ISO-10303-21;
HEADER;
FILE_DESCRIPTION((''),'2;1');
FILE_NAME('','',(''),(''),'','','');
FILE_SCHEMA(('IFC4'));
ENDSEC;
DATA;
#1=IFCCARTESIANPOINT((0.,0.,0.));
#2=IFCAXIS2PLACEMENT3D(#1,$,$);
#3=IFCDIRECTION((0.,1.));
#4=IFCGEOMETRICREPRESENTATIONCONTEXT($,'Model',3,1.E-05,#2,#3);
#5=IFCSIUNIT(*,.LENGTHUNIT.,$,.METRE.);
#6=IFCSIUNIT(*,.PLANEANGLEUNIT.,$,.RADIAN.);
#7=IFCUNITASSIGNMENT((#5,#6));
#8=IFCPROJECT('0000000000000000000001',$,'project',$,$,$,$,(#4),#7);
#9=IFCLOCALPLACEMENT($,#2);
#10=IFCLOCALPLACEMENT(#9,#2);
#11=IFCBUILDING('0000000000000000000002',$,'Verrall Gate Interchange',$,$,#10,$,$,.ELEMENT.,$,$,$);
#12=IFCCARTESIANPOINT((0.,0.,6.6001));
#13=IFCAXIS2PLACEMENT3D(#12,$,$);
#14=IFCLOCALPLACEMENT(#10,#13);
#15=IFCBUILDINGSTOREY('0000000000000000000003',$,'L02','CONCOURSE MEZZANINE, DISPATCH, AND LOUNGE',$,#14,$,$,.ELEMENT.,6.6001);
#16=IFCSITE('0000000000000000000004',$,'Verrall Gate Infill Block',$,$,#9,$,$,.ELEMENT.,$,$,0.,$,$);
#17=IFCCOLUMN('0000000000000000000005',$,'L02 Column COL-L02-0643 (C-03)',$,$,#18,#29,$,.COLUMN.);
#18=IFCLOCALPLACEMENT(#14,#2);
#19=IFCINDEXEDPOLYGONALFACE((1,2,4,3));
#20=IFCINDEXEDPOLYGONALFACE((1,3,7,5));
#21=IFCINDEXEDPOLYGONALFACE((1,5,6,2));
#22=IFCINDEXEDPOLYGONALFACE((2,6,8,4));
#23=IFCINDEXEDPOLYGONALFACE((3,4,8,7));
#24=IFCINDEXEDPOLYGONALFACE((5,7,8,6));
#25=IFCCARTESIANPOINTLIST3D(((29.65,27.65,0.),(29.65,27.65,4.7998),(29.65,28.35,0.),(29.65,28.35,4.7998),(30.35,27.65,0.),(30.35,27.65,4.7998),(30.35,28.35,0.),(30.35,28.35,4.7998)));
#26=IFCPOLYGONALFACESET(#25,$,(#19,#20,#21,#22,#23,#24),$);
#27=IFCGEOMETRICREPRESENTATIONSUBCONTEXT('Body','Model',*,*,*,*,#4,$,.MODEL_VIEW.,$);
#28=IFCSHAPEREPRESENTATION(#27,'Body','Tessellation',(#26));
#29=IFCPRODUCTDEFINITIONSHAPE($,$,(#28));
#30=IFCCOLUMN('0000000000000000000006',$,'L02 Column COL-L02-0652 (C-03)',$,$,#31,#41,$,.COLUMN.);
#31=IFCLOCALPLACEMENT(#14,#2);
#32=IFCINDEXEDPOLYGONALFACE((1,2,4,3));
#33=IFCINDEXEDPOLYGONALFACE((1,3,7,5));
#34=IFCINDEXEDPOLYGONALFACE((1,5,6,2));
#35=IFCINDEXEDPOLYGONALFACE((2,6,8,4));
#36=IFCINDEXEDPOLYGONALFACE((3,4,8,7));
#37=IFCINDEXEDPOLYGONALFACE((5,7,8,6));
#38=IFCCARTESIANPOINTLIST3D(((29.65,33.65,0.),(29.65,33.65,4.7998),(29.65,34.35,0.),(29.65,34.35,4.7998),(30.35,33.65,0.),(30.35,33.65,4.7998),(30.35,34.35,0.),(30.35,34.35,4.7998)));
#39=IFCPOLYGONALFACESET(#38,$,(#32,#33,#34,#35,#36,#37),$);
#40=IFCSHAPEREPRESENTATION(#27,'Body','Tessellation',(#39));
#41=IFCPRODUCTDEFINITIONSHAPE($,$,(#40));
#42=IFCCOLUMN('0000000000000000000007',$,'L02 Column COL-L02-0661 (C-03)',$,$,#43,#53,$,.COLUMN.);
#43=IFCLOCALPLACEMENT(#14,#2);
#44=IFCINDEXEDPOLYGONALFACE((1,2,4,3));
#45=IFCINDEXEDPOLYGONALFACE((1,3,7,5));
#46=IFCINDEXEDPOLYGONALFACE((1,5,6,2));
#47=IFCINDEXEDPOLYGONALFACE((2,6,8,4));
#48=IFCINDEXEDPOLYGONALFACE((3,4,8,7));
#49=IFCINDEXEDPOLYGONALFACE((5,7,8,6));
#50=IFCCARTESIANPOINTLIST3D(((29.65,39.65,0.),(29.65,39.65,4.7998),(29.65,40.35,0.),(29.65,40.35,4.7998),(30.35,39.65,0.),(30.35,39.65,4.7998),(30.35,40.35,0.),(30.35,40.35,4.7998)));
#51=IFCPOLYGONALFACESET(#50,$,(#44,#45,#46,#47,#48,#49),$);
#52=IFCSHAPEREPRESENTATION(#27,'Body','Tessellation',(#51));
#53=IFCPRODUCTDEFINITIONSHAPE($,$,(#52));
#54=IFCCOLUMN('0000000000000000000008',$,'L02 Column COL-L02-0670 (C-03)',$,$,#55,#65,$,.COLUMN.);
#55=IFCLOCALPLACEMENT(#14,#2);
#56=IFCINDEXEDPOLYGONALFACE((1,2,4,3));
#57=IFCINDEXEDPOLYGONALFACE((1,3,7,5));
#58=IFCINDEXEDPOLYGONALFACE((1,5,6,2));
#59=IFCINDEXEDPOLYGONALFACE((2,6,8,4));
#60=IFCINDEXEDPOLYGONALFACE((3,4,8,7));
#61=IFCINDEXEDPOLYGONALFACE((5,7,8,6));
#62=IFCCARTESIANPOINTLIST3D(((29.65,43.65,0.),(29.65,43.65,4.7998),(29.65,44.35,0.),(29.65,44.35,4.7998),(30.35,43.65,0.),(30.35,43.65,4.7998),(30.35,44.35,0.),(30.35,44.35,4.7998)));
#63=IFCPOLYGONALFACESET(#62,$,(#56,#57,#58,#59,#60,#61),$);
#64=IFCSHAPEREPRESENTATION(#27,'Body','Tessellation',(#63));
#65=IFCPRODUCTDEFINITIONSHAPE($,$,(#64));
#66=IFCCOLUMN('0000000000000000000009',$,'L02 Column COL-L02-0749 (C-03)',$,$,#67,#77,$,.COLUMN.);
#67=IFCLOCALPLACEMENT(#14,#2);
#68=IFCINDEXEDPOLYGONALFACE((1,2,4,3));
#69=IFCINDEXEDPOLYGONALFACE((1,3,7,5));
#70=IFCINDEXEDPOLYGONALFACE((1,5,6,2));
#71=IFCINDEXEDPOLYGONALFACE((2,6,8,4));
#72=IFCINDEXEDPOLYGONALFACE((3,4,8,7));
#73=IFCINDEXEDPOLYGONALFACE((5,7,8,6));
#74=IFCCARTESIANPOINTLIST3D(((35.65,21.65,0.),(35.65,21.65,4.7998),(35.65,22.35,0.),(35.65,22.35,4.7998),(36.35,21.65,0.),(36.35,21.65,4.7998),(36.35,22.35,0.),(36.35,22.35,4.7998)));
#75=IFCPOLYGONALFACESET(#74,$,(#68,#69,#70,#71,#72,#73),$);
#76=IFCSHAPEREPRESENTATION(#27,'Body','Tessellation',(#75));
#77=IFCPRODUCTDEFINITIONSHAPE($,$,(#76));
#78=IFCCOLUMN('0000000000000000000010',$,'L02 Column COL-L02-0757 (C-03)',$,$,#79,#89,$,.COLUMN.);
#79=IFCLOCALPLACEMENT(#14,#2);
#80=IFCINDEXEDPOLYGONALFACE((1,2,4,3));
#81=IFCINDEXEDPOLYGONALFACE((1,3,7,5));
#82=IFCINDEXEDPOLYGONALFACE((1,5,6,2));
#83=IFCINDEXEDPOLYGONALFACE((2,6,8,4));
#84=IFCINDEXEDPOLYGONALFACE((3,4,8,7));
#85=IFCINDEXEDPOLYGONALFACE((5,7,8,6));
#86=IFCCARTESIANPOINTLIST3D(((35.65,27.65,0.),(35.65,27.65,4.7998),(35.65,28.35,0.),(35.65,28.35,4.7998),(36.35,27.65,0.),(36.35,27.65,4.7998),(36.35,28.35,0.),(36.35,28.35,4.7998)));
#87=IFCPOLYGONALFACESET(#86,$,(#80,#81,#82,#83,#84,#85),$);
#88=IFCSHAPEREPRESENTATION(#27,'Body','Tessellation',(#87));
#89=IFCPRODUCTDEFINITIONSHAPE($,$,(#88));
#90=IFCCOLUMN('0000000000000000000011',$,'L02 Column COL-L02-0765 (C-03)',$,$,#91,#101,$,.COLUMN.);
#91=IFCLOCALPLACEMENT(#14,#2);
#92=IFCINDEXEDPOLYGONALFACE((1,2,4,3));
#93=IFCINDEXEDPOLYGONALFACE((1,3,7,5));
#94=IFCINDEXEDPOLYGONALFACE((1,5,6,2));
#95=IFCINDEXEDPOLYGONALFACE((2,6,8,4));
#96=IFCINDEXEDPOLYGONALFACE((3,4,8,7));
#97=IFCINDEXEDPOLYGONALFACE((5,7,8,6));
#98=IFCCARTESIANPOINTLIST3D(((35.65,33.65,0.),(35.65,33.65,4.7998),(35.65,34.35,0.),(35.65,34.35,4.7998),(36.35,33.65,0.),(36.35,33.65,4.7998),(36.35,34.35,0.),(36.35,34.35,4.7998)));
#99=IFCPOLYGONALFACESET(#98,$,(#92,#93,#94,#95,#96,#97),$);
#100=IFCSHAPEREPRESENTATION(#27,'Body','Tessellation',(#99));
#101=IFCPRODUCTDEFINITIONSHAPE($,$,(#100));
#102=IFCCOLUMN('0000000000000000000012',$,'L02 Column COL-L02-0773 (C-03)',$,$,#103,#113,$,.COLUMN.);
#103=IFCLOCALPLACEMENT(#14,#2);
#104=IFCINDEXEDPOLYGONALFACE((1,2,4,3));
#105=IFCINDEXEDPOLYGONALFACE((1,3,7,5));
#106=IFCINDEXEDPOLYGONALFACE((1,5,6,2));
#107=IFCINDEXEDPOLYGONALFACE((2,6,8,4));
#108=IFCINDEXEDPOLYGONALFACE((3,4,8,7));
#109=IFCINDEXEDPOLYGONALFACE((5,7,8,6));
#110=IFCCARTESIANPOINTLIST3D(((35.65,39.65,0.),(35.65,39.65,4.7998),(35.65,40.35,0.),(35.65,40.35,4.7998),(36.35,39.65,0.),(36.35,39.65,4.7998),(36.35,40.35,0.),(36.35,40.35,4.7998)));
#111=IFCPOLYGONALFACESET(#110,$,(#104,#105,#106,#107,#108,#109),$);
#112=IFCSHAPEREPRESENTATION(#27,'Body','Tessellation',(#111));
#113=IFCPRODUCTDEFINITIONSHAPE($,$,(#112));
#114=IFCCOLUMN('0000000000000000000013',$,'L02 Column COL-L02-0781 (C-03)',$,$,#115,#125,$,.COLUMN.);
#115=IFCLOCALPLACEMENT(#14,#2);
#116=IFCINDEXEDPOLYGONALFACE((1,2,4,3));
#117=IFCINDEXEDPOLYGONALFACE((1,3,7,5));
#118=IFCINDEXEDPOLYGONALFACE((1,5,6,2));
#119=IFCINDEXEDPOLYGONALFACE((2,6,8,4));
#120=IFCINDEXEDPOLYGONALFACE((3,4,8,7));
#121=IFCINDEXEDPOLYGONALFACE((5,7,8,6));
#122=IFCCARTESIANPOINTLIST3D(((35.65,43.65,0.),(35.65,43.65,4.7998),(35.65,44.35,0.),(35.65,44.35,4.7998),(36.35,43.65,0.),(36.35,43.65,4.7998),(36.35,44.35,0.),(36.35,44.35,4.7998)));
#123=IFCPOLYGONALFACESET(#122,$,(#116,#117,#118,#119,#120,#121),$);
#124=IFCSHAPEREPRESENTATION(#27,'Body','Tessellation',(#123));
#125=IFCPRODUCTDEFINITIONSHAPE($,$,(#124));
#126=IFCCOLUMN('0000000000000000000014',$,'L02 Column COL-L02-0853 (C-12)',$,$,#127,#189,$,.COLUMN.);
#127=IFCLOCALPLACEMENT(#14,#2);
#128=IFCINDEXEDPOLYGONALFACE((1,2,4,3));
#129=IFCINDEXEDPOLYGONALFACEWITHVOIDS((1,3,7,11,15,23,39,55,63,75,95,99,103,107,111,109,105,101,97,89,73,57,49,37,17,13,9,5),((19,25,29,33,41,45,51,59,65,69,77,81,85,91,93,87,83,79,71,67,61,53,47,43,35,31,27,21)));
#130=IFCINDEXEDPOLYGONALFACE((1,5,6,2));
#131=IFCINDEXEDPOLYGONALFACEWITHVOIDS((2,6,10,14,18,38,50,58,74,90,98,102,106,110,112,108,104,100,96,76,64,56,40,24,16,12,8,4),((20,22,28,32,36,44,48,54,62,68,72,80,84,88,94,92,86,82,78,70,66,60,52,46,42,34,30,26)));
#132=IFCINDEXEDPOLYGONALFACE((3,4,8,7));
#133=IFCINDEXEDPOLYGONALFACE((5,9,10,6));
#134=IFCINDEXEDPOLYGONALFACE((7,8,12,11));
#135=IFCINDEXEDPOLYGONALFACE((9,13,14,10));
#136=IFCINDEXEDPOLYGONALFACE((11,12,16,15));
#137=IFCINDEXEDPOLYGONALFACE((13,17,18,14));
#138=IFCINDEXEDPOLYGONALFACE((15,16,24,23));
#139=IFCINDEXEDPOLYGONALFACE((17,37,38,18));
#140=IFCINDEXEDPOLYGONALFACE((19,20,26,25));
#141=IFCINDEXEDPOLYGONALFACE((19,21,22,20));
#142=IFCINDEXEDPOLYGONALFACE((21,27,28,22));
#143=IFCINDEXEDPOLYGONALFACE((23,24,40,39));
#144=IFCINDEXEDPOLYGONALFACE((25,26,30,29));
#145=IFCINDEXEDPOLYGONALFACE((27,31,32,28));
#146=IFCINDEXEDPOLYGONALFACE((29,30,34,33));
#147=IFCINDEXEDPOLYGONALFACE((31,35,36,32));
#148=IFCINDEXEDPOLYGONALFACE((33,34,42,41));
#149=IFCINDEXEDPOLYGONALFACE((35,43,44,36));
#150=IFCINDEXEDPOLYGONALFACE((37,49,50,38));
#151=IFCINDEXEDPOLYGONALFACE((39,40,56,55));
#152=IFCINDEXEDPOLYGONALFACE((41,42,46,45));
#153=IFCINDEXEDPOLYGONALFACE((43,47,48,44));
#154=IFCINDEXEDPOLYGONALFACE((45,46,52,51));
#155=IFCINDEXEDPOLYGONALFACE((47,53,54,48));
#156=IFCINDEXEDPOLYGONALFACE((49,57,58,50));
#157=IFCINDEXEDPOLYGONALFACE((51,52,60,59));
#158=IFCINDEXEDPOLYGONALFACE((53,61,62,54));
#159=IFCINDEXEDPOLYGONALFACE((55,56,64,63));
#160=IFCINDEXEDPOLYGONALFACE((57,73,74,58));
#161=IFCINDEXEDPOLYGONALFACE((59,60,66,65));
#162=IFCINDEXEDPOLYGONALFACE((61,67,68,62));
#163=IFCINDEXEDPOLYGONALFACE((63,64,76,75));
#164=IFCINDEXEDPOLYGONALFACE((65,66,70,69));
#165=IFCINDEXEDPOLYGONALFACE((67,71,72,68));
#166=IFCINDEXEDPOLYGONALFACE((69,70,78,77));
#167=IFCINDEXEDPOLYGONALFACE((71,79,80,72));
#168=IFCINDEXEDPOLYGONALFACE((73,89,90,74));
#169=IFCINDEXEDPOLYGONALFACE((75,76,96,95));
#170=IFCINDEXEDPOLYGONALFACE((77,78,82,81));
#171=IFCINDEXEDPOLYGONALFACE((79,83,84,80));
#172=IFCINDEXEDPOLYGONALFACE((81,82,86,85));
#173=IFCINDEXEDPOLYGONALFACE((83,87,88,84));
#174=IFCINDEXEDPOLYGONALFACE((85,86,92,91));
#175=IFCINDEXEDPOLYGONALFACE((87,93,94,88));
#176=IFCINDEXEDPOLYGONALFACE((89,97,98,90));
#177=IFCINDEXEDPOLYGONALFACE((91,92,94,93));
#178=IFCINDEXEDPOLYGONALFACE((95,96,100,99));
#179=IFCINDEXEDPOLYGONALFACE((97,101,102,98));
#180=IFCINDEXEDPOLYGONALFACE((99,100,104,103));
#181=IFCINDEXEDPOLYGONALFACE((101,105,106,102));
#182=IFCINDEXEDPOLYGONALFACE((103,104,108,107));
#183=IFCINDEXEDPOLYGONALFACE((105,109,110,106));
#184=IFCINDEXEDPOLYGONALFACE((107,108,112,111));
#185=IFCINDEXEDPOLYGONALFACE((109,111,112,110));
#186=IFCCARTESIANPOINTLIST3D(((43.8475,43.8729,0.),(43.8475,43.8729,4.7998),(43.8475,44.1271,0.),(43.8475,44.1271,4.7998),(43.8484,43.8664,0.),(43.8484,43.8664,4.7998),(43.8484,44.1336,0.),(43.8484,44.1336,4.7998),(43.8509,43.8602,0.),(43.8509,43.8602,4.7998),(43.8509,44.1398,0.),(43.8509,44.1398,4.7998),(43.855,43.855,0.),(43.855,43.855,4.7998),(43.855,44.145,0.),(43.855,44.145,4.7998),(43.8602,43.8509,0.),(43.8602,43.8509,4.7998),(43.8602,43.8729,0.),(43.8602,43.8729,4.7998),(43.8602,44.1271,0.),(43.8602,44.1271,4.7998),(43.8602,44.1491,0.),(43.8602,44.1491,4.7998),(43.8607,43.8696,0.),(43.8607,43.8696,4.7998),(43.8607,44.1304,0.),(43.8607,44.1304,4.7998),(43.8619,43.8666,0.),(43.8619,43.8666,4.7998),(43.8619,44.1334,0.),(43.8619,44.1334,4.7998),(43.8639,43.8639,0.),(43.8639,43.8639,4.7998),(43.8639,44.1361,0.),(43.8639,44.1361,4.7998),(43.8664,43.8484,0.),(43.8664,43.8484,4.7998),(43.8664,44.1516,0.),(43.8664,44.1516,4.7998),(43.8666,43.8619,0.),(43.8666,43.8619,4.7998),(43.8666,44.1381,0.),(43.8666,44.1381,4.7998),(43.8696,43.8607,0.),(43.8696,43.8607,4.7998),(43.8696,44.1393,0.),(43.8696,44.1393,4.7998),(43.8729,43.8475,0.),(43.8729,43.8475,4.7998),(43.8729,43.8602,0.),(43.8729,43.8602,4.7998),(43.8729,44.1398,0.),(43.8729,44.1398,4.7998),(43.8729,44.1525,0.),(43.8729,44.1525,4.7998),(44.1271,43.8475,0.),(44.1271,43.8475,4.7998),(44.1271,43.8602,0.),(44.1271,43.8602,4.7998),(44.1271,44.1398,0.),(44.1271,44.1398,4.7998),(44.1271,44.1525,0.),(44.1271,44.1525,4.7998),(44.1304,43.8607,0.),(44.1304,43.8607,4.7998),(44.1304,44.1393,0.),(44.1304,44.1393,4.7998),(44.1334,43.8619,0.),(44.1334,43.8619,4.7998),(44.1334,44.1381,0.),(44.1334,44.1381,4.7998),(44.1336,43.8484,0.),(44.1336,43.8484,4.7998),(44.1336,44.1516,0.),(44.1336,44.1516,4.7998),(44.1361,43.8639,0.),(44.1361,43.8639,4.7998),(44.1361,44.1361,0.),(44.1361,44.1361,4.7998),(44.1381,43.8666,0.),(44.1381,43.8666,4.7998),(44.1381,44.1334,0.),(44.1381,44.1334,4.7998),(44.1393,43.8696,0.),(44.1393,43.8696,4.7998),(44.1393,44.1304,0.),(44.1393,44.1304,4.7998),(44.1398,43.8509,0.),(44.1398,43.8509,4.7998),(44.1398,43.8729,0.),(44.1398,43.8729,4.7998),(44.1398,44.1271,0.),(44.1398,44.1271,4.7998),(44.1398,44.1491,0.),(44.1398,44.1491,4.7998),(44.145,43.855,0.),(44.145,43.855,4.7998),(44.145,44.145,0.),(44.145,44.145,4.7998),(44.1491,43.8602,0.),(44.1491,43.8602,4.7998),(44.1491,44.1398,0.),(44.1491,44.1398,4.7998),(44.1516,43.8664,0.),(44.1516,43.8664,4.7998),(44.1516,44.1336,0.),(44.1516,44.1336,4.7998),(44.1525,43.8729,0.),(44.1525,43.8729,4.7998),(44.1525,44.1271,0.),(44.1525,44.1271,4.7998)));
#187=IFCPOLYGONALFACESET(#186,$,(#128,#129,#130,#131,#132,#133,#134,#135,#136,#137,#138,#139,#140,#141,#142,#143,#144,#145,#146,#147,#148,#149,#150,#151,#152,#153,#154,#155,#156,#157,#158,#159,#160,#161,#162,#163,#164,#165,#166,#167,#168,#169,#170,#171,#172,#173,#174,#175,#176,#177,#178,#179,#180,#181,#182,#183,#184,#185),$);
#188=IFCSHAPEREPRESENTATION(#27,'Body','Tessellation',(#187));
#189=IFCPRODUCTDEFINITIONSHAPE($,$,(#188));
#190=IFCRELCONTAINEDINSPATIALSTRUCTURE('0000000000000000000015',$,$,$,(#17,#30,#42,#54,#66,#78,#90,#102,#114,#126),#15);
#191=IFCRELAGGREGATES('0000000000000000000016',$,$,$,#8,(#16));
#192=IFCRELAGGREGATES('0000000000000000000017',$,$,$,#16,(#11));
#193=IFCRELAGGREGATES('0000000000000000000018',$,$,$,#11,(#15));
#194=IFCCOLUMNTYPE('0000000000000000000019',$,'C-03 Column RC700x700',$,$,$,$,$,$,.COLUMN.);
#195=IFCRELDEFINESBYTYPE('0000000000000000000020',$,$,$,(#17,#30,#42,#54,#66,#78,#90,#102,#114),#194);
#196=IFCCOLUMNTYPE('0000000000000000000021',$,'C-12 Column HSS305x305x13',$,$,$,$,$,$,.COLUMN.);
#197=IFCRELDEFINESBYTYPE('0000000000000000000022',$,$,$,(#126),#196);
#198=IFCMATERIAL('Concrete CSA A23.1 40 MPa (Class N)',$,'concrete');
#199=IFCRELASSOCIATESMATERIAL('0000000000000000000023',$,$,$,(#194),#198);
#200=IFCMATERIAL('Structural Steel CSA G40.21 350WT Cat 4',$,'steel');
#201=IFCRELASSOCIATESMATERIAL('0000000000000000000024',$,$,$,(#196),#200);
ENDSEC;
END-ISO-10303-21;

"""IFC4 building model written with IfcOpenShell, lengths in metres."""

from ifc_helpers import new_model, si_unit, direction, frame, origin, origin_2d, place, context, subcontext, project, spatial, rectangle, hollow_rectangle, extrude, material, material_profile, profile_set, type_object, element, save


model = new_model("IFC4")

# Units and contexts
model_context = context("Model", 3, precision=1e-05, world=origin(), true_north=direction((0.0, 1.0)))
body_context = subcontext(model_context, "Body", "Model", "MODEL_VIEW")
ifc_project = project(units=[si_unit("LENGTHUNIT", "METRE"), si_unit("PLANEANGLEUNIT", "RADIAN")], contexts=[model_context])

# Site, building, storey
site_placement = place(None, origin())
site = spatial("IfcSite", under=ifc_project, at=site_placement, Name="Verrall Gate Infill Block", CompositionType="ELEMENT", RefElevation=0.0)
building_placement = place(site_placement, origin())
building = spatial("IfcBuilding", under=site, at=building_placement, Name="Verrall Gate Interchange", CompositionType="ELEMENT")
storey_placement = place(building_placement, frame((0.0, 0.0, 6.6001)))
storey = spatial("IfcBuildingStorey", under=building, at=storey_placement, Name="L02", Description="CONCOURSE MEZZANINE, DISPATCH, AND LOUNGE", CompositionType="ELEMENT", Elevation=6.6001)

# Columns
ifc_material_1 = material(Name="Concrete CSA A23.1 40 MPa (Class N)", Category="concrete")
ifc_material_profile_1 = material_profile(ifc_material_1, rectangle(XDim=0.7, YDim=0.7, at=origin_2d()), Name="RC700x700")
ifc_profile_set_1 = profile_set([ifc_material_profile_1], Name="Concrete CSA A23.1 40 MPa (Class N)")
column_type_1 = type_object("IfcColumnType", Name="C-03 Column RC700x700", PredefinedType="COLUMN", material=ifc_profile_set_1)
for number, where, z_axis, x_axis, name in (
    (1, (30.0, 28.0, 0.0), (0.0, 0.0, 1.0), (1.0, 0.0, 0.0), "L02 Column COL-L02-0643 (C-03)"),
    (2, (30.0, 34.0, 0.0), (0.0, 0.0, 1.0), (1.0, 0.0, 0.0), "L02 Column COL-L02-0652 (C-03)"),
    (3, (30.0, 40.0, 0.0), (0.0, 0.0, 1.0), (1.0, 0.0, 0.0), "L02 Column COL-L02-0661 (C-03)"),
    (4, (30.0, 44.0, 0.0), (0.0, 0.0, 1.0), (1.0, 0.0, 0.0), "L02 Column COL-L02-0670 (C-03)"),
    (5, (36.0, 22.0, 0.0), (0.0, 0.0, 1.0), (1.0, 0.0, 0.0), "L02 Column COL-L02-0749 (C-03)"),
    (6, (36.0, 28.0, 0.0), (0.0, 0.0, 1.0), (1.0, 0.0, 0.0), "L02 Column COL-L02-0757 (C-03)"),
    (7, (36.0, 34.0, 0.0), (0.0, 0.0, 1.0), (1.0, 0.0, 0.0), "L02 Column COL-L02-0765 (C-03)"),
    (8, (36.0, 40.0, 0.0), (0.0, 0.0, 1.0), (1.0, 0.0, 0.0), "L02 Column COL-L02-0773 (C-03)"),
    (9, (36.0, 44.0, 0.0), (0.0, 0.0, 1.0), (1.0, 0.0, 0.0), "L02 Column COL-L02-0781 (C-03)"),
):
    element("IfcColumn", number, at=place(storey_placement, frame(where, z_axis=z_axis, x_axis=x_axis)), inside=storey, type_object=column_type_1, Name=name, PredefinedType="COLUMN", context=body_context, shape_type="SweptSolid", body=[
        extrude(rectangle(XDim=0.7, YDim=0.7, at=origin_2d()), origin(), (0.0, 0.0, 1.0), 4.7998),
    ])
ifc_material_2 = material(Name="Structural Steel CSA G40.21 350WT Cat 4", Category="steel")
ifc_material_profile_2 = material_profile(ifc_material_2, hollow_rectangle(XDim=0.3049, YDim=0.3049, WallThickness=0.0127, InnerFilletRadius=0.0127, OuterFilletRadius=0.0254, at=origin_2d()), Name="HSS305x305x13")
ifc_profile_set_2 = profile_set([ifc_material_profile_2], Name="Structural Steel CSA G40.21 350WT Cat 4")
column_type_2 = type_object("IfcColumnType", Name="C-12 Column HSS305x305x13", PredefinedType="COLUMN", material=ifc_profile_set_2)
column_placement = place(storey_placement, frame((44.0, 44.0, 0.0), z_axis=(0.0, 0.0, 1.0), x_axis=(1.0, 0.0, 0.0)))
element("IfcColumn", 10, at=column_placement, inside=storey, type_object=column_type_2, Name="L02 Column COL-L02-0853 (C-12)", PredefinedType="COLUMN", context=body_context, shape_type="SweptSolid", body=[
    extrude(hollow_rectangle(XDim=0.3049, YDim=0.3049, WallThickness=0.0127, InnerFilletRadius=0.0127, OuterFilletRadius=0.0254, at=origin_2d()), origin(), (0.0, 0.0, 1.0), 4.7998),
])

save(model, "model.ifc")
